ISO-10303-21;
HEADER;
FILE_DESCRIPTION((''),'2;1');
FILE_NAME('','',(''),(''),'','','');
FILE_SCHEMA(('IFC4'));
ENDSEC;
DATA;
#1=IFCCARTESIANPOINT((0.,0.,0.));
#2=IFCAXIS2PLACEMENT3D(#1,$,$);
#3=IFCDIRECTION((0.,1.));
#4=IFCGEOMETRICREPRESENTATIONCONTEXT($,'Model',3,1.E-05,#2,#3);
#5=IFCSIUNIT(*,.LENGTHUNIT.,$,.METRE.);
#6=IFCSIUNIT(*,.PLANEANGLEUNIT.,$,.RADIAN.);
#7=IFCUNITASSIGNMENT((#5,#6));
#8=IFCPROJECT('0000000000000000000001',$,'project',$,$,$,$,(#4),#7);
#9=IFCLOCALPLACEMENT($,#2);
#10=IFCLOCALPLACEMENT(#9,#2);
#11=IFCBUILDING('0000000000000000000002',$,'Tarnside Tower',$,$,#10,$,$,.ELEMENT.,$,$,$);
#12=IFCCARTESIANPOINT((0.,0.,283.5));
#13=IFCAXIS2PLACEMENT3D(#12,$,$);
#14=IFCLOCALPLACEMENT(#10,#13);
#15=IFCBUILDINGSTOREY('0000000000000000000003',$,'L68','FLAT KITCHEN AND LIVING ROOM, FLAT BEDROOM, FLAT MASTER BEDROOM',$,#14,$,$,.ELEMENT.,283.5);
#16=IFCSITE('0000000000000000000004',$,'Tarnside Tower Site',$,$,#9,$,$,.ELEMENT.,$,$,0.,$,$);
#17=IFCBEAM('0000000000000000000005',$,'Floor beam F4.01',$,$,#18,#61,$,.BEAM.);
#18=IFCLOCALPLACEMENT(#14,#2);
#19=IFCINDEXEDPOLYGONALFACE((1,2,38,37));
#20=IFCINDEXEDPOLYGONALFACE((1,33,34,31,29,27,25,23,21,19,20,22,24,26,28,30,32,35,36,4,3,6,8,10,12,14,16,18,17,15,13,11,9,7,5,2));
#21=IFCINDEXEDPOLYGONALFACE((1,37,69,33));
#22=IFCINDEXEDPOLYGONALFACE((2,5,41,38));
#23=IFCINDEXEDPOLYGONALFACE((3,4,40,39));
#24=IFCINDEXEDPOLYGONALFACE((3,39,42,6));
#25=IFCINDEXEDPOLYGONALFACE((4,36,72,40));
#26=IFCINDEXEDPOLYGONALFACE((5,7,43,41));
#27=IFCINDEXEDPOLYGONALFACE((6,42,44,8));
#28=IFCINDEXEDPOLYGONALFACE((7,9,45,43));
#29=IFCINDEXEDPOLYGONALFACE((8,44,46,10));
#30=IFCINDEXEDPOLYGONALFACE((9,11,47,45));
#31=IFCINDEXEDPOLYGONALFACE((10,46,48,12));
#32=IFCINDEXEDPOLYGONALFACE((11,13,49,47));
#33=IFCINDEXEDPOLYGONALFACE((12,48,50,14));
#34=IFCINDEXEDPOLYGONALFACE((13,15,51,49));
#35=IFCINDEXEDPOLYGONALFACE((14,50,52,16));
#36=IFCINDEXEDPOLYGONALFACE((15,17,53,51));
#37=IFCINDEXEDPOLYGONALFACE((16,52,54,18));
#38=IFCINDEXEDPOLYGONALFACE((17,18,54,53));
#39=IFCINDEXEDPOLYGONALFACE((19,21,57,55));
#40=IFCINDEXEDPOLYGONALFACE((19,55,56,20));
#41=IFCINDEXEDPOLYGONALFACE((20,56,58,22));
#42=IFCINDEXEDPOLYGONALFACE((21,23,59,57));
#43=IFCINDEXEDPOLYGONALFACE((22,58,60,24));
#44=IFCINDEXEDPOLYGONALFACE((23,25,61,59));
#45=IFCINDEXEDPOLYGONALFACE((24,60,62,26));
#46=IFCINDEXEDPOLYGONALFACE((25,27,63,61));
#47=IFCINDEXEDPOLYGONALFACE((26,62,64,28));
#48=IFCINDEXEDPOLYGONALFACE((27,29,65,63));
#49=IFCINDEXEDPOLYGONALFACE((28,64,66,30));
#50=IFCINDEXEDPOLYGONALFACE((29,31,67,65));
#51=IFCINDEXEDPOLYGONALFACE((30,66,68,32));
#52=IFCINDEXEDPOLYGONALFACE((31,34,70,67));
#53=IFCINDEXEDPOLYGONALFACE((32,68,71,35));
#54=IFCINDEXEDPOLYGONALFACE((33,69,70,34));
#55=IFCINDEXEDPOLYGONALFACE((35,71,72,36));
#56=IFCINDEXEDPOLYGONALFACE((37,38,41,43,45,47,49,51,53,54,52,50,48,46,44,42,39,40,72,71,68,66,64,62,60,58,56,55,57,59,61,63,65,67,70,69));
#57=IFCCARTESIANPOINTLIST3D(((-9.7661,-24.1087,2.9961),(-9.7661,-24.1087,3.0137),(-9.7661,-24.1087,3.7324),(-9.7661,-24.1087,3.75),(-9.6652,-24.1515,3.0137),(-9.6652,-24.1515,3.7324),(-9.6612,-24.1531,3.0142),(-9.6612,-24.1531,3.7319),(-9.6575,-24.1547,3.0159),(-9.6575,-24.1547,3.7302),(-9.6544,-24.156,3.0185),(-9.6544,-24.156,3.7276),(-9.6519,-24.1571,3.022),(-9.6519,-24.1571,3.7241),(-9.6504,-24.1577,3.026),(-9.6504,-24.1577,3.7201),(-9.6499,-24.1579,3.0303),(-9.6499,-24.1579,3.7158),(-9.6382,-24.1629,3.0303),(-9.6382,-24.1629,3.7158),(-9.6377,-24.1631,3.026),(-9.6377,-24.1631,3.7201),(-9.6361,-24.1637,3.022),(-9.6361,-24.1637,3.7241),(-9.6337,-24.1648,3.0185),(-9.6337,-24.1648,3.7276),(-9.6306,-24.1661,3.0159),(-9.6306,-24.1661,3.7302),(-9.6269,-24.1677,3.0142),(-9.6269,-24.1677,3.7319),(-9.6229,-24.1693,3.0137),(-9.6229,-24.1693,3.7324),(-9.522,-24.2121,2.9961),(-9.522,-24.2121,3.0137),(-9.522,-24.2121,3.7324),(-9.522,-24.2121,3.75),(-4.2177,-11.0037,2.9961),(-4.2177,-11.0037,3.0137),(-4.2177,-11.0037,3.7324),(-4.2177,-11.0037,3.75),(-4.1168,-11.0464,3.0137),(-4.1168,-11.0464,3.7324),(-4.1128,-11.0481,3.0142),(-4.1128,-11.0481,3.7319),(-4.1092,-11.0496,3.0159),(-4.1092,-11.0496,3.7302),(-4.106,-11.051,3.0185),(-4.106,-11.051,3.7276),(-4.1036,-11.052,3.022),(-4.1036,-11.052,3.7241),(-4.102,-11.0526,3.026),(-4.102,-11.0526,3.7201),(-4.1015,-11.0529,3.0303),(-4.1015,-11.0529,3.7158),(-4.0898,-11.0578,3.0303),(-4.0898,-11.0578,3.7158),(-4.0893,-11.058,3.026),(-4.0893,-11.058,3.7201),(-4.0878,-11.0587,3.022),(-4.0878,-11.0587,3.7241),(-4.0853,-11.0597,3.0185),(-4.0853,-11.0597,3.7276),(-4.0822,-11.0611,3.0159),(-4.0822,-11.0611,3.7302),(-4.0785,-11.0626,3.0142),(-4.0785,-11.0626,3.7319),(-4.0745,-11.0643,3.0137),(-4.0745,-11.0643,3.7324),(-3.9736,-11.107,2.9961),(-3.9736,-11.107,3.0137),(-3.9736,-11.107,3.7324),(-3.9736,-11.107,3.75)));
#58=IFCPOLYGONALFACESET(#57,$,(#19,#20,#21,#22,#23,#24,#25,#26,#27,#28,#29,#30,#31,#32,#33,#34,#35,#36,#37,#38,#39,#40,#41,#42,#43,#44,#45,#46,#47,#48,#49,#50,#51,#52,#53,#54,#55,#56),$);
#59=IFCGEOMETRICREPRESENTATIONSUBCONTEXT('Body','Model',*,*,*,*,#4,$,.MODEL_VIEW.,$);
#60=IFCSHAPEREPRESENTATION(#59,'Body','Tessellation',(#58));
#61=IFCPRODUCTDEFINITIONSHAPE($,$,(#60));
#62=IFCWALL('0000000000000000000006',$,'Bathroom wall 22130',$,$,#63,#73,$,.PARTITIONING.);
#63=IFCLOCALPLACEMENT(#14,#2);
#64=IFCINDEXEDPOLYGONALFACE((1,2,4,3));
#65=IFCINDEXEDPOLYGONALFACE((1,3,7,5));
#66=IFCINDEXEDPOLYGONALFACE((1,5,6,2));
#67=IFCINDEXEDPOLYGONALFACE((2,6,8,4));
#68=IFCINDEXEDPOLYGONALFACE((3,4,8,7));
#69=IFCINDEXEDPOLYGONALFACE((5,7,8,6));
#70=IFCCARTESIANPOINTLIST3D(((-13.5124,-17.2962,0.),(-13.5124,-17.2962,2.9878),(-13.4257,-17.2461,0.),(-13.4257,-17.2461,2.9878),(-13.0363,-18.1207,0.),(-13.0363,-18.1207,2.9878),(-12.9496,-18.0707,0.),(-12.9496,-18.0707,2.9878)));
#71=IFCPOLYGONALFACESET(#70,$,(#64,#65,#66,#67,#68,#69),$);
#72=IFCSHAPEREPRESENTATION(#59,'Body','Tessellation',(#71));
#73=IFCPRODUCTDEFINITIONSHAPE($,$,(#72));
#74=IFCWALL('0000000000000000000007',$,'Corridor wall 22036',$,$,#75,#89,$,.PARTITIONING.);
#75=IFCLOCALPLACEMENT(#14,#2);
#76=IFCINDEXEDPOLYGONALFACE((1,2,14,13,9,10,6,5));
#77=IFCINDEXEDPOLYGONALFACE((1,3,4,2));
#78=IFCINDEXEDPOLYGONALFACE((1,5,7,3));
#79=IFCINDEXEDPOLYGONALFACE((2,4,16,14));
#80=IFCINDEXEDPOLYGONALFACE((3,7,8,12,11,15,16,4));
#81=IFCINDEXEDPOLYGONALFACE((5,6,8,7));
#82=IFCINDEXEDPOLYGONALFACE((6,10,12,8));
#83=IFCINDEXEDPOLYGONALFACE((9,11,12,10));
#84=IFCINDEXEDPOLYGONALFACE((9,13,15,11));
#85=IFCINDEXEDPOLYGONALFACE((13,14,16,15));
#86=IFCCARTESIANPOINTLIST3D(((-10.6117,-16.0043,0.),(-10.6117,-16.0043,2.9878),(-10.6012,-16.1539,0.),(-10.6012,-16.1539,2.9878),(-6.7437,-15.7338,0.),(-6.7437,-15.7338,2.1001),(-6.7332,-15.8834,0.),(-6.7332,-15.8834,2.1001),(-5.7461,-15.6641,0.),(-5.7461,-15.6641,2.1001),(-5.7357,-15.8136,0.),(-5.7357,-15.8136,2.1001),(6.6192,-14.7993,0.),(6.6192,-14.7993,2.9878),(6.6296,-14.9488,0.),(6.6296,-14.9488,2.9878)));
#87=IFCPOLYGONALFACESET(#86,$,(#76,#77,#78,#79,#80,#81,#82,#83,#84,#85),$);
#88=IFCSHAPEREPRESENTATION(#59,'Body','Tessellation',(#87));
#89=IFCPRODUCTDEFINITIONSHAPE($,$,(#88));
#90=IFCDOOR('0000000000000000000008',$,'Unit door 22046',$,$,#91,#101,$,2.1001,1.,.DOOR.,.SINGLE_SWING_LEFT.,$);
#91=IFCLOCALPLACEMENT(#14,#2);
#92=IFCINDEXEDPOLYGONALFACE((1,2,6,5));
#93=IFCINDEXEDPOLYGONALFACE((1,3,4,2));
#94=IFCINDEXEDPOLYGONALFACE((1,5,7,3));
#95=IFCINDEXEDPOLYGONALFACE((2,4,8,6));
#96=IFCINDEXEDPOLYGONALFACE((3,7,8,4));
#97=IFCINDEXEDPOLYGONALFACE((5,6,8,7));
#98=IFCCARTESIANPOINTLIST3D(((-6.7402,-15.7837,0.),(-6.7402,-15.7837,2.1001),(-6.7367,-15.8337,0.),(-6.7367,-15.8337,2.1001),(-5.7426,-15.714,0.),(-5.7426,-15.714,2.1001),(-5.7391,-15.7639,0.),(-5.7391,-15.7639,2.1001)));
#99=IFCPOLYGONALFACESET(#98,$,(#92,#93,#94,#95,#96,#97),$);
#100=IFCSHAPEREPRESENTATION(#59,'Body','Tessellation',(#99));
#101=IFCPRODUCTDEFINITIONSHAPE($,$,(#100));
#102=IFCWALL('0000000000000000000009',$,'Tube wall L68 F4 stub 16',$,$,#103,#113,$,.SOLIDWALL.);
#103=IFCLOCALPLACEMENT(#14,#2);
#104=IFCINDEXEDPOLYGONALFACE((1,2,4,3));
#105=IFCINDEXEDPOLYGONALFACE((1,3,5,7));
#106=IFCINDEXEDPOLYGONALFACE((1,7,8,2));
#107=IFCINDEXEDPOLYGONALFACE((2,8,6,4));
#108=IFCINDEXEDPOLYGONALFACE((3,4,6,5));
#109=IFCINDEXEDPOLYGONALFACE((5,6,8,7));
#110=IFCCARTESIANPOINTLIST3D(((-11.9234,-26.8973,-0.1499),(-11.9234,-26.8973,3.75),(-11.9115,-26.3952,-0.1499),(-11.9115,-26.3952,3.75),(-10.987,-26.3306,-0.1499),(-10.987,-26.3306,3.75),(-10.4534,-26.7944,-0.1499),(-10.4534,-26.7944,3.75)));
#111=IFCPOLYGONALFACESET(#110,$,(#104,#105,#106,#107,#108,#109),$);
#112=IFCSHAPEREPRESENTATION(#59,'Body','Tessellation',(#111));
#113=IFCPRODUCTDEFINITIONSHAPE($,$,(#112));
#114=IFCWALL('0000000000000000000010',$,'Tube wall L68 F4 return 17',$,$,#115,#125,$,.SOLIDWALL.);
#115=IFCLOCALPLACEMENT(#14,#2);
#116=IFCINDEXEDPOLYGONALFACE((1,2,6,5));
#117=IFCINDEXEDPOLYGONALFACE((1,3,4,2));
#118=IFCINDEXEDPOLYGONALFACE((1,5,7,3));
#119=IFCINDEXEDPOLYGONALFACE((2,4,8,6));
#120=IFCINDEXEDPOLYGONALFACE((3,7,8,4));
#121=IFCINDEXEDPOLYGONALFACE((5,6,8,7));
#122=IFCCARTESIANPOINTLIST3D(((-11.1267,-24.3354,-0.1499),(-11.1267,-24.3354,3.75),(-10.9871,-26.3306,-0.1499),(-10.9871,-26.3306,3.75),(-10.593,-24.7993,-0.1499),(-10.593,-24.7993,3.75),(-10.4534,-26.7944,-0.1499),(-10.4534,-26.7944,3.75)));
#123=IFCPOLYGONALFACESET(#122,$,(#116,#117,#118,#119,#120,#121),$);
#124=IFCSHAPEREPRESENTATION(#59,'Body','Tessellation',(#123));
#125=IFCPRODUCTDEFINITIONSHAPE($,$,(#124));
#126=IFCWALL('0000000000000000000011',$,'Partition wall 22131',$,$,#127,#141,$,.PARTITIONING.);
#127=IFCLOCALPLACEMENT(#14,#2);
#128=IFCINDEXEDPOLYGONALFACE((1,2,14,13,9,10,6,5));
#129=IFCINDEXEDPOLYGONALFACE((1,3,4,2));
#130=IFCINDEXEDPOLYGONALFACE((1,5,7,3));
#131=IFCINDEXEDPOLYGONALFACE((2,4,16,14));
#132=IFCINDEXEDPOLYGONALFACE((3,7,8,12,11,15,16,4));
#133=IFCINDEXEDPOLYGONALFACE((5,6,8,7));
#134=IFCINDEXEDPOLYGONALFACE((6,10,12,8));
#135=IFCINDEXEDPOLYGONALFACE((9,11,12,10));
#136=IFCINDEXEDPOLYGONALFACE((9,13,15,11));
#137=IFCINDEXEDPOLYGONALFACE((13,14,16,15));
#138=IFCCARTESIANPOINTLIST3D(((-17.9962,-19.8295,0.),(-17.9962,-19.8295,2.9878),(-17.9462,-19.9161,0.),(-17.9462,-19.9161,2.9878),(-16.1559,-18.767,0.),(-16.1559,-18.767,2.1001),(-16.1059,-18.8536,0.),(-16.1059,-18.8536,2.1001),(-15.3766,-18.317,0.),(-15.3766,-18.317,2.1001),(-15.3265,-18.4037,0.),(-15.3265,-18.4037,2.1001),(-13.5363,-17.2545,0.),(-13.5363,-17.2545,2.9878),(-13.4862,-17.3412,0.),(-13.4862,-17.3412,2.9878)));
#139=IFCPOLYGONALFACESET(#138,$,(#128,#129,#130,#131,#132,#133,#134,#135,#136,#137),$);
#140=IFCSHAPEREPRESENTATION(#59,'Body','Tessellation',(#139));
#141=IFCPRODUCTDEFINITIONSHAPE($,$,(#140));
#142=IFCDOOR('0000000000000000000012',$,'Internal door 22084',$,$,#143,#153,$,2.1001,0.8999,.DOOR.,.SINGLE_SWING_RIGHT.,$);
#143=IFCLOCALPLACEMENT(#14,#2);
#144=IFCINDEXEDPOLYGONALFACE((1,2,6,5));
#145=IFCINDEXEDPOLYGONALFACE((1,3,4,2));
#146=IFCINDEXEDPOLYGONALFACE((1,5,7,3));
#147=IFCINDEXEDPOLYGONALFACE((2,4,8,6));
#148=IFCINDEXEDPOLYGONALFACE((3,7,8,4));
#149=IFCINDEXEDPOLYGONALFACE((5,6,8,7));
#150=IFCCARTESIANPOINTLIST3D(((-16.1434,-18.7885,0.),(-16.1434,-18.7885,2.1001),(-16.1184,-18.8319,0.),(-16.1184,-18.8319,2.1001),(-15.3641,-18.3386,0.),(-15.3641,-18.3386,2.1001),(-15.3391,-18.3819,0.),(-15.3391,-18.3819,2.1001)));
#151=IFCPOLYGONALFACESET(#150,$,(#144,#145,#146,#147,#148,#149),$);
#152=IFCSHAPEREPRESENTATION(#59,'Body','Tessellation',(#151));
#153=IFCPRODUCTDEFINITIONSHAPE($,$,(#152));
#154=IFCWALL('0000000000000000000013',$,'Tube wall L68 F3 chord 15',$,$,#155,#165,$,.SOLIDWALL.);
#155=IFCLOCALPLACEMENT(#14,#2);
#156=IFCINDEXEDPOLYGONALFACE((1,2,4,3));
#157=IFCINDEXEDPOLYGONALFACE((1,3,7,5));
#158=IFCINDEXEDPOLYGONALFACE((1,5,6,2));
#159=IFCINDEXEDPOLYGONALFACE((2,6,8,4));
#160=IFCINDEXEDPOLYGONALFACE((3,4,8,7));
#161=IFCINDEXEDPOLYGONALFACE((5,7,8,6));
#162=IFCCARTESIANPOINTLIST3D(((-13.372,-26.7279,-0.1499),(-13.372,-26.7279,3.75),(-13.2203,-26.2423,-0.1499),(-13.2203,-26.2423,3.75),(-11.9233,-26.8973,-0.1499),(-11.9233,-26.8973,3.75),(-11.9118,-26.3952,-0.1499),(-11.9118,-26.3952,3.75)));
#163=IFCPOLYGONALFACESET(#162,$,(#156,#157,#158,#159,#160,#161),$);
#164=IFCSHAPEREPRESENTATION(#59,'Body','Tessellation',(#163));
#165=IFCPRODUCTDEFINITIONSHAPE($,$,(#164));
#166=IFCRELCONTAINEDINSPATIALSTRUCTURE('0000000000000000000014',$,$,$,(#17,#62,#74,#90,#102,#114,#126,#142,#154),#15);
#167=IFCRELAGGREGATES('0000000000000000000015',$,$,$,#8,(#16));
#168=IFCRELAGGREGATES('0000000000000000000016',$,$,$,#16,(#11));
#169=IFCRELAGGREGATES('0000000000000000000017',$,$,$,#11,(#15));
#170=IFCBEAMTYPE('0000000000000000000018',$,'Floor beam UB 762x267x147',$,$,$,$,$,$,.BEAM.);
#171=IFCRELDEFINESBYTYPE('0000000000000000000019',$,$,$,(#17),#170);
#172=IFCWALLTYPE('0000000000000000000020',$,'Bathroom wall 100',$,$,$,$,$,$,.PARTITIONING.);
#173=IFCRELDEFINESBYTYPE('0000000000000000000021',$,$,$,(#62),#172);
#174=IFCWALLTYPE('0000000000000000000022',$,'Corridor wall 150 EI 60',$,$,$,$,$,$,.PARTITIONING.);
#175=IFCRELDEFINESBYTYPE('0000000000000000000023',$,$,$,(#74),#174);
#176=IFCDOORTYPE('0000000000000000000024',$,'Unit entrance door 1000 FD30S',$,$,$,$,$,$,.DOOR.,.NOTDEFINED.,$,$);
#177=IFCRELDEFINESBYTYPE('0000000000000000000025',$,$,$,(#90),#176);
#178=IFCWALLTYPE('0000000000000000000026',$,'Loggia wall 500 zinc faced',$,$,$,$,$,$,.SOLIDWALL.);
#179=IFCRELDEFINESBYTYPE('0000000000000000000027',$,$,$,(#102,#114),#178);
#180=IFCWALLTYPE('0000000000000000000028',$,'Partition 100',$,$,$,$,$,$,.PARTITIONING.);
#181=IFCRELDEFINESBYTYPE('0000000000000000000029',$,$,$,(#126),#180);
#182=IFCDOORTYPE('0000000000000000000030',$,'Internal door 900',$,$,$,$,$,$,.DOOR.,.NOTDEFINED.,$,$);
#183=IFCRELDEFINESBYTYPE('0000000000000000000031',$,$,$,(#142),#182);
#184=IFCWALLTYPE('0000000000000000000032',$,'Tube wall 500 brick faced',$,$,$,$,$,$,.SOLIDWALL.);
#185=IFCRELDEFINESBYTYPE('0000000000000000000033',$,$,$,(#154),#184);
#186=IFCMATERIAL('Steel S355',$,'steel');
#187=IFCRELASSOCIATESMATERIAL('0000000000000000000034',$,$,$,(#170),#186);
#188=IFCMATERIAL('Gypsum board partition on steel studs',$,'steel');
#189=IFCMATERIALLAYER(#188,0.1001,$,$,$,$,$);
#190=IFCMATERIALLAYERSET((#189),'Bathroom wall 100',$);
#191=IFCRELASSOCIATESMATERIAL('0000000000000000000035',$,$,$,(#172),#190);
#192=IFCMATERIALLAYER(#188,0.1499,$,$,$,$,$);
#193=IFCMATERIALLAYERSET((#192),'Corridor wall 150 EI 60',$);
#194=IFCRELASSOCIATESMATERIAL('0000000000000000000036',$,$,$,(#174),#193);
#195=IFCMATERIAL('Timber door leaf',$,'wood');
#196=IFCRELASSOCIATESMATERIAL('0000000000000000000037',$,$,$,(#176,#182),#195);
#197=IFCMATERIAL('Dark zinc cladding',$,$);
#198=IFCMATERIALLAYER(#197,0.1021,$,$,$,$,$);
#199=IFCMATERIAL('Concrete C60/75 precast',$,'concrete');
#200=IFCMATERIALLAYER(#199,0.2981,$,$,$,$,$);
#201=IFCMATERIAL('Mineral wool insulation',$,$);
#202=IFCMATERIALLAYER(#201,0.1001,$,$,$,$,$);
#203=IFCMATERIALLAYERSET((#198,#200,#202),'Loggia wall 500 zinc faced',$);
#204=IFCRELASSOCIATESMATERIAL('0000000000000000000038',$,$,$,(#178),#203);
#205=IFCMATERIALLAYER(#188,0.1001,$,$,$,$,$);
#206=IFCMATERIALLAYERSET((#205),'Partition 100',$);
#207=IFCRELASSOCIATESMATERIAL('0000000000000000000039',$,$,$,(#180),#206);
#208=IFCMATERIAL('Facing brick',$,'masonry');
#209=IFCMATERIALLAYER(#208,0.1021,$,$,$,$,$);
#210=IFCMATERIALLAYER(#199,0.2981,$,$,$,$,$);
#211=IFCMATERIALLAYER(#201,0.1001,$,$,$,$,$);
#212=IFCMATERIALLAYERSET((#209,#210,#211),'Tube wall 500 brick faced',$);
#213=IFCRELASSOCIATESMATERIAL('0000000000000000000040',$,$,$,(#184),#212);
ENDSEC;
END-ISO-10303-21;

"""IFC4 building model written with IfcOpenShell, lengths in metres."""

from ifc_helpers import new_model, si_unit, direction, frame, frame_2d, origin, origin_2d, place, context, subcontext, project, spatial, polyline, rectangle, i_section, outline, extrude, material, layer, layer_set, material_profile, profile_set, type_object, element, fill, save


model = new_model("IFC4")

# Units and contexts
model_context = context("Model", 3, precision=1e-05, world=origin(), true_north=direction((0.0, 1.0)))
body_context = subcontext(model_context, "Body", "Model", "MODEL_VIEW")
ifc_project = project(units=[si_unit("LENGTHUNIT", "METRE"), si_unit("PLANEANGLEUNIT", "RADIAN")], contexts=[model_context])

# Site, building, storey
site_placement = place(None, origin())
site = spatial("IfcSite", under=ifc_project, at=site_placement, Name="Tarnside Tower Site", CompositionType="ELEMENT", RefElevation=0.0)
building_placement = place(site_placement, origin())
building = spatial("IfcBuilding", under=site, at=building_placement, Name="Tarnside Tower", CompositionType="ELEMENT")
storey_placement = place(building_placement, frame((0.0, 0.0, 283.5)))
storey = spatial("IfcBuildingStorey", under=building, at=storey_placement, Name="L68", Description="FLAT KITCHEN AND LIVING ROOM, FLAT BEDROOM, FLAT MASTER BEDROOM", CompositionType="ELEMENT", Elevation=283.5)

# Beam
ifc_material_1 = material(Name="Steel S355", Category="steel")
ifc_material_profile = material_profile(ifc_material_1, i_section(OverallWidth=0.2651, OverallDepth=0.7539, WebThickness=0.0127, FlangeThickness=0.0176, FilletRadius=0.0166, at=origin_2d()), Name="UB 762x267x147")
ifc_profile_set = profile_set([ifc_material_profile], Name="Steel S355")
beam_type = type_object("IfcBeamType", Name="Floor beam UB 762x267x147", PredefinedType="BEAM", material=ifc_profile_set)
beam_placement = place(storey_placement, frame((-9.644, -24.1604, 3.373), z_axis=(0.389874, 0.920868, 0.0), x_axis=(-0.920868, 0.389874, 0.0)))
element("IfcBeam", 1, at=beam_placement, inside=storey, type_object=beam_type, Name="Floor beam F4.01", PredefinedType="BEAM", context=body_context, shape_type="SweptSolid", body=[
    extrude(i_section(OverallWidth=0.2651, OverallDepth=0.7539, WebThickness=0.0127, FlangeThickness=0.0176, FilletRadius=0.0166, at=origin_2d()), origin(), (0.0, 0.0, 1.0), 14.2312),
])

# Wall
ifc_material_2 = material(Name="Gypsum board partition on steel studs", Category="steel")
ifc_layer_1 = layer(ifc_material_2, 0.1001)
ifc_layer_set_1 = layer_set([ifc_layer_1], Name="Bathroom wall 100")
wall_type_1 = type_object("IfcWallType", Name="Bathroom wall 100", PredefinedType="PARTITIONING", material=ifc_layer_set_1)
wall_1_placement = place(storey_placement, frame((-12.9929, -18.0957, 0.0), z_axis=(0.0, 0.0, 1.0), x_axis=(-0.500055, 0.865993, 0.0)))
element("IfcWall", 2, at=wall_1_placement, inside=storey, type_object=wall_type_1, Name="Bathroom wall 22130", PredefinedType="PARTITIONING", context=body_context, shape_type="SweptSolid", body=[
    extrude(rectangle(XDim=0.9521, YDim=0.1001, at=frame_2d((0.4761, 0.0))), origin(), (0.0, 0.0, 1.0), 2.9878),
])

# Wall, opening, door
ifc_layer_2 = layer(ifc_material_2, 0.1499)
ifc_layer_set_2 = layer_set([ifc_layer_2], Name="Corridor wall 150 EI 60")
wall_type_2 = type_object("IfcWallType", Name="Corridor wall 150 EI 60", PredefinedType="PARTITIONING", material=ifc_layer_set_2)
wall_2_placement = place(storey_placement, frame((-10.6064, -16.0791, 0.0), z_axis=(0.0, 0.0, 1.0), x_axis=(0.997563, 0.069766, 0.0)))
wall_2 = element("IfcWall", 3, at=wall_2_placement, inside=storey, type_object=wall_type_2, Name="Corridor wall 22036", PredefinedType="PARTITIONING", context=body_context, shape_type="SweptSolid", body=[
    extrude(rectangle(XDim=17.2729, YDim=0.1499, at=frame_2d((8.6365, 0.0))), origin(), (0.0, 0.0, 1.0), 2.9878),
])
opening_1_placement = place(wall_2_placement, frame((3.8774, 0.0, 0.0)))
opening_1 = element("IfcOpeningElement", 4, at=opening_1_placement, cuts=wall_2, PredefinedType="OPENING", context=body_context, shape_type="SweptSolid", body=[
    extrude(rectangle(XDim=1.0, YDim=2.1001, at=frame_2d((0.5, 1.05))), frame((0.0, 0.085, 0.0), z_axis=(0.0, -1.0, 0.0), x_axis=(1.0, 0.0, 0.0)), (0.0, 0.0, 1.0), 0.1699),
])
ifc_material_3 = material(Name="Timber door leaf", Category="wood")
door_type_1 = type_object("IfcDoorType", Name="Unit entrance door 1000 FD30S", OperationType="NOTDEFINED", PredefinedType="DOOR", material=ifc_material_3)
door_1_placement = place(opening_1_placement, origin())
door_1 = element("IfcDoor", 5, at=door_1_placement, inside=storey, type_object=door_type_1, Name="Unit door 22046", OperationType="SINGLE_SWING_LEFT", OverallHeight=2.1001, OverallWidth=1.0, PredefinedType="DOOR", context=body_context, shape_type="SweptSolid", body=[
    extrude(rectangle(XDim=1.0, YDim=2.1001, at=frame_2d((0.5, 1.05))), frame((0.0, 0.0249, 0.0), z_axis=(0.0, -1.0, 0.0), x_axis=(1.0, 0.0, 0.0)), (0.0, 0.0, 1.0), 0.05),
])
fill(opening_1, door_1)

# Walls
ifc_material_4 = material(Name="Dark zinc cladding")
ifc_layer_3 = layer(ifc_material_4, 0.1021)
ifc_material_5 = material(Name="Concrete C60/75 precast", Category="concrete")
ifc_layer_4 = layer(ifc_material_5, 0.2981)
ifc_material_6 = material(Name="Mineral wool insulation")
ifc_layer_5 = layer(ifc_material_6, 0.1001)
ifc_layer_set_3 = layer_set([ifc_layer_3, ifc_layer_4, ifc_layer_5], Name="Loggia wall 500 zinc faced")
wall_type_3 = type_object("IfcWallType", Name="Loggia wall 500 zinc faced", PredefinedType="SOLIDWALL", material=ifc_layer_set_3)
wall_3_placement = place(storey_placement, frame((-11.9175, -26.6462, -0.1499), z_axis=(0.0, 0.0, 1.0), x_axis=(0.997563, 0.069772, 0.0)))
element("IfcWall", 6, at=wall_3_placement, inside=storey, type_object=wall_type_3, Name="Tube wall L68 F4 stub 16", PredefinedType="SOLIDWALL", context=body_context, shape_type="SweptSolid", body=[
    extrude(outline(polyline([(-0.0234, -0.25), (1.4502, -0.25), (0.9502, 0.25), (0.0234, 0.25), (-0.0234, -0.25)])), origin(), (0.0, 0.0, 1.0), 3.8999),
])
wall_4_placement = place(storey_placement, frame((-10.7202, -26.5625, -0.1499), z_axis=(0.0, 0.0, 1.0), x_axis=(-0.069824, 0.997559, 0.0)))
element("IfcWall", 7, at=wall_4_placement, inside=storey, type_object=wall_type_3, Name="Tube wall L68 F4 return 17", PredefinedType="SOLIDWALL", context=body_context, shape_type="SweptSolid", body=[
    extrude(outline(polyline([(-0.25, -0.25), (1.75, -0.25), (2.25, 0.25), (0.25, 0.25), (-0.25, -0.25)])), origin(), (0.0, 0.0, 1.0), 3.8999),
])

# Wall, opening, door
ifc_layer_6 = layer(ifc_material_2, 0.1001)
ifc_layer_set_4 = layer_set([ifc_layer_6], Name="Partition 100")
wall_type_4 = type_object("IfcWallType", Name="Partition 100", PredefinedType="PARTITIONING", material=ifc_layer_set_4)
wall_5_placement = place(storey_placement, frame((-13.5112, -17.2979, 0.0), z_axis=(0.0, 0.0, 1.0), x_axis=(-0.866026, -0.499999, 0.0)))
wall_5 = element("IfcWall", 8, at=wall_5_placement, inside=storey, type_object=wall_type_4, Name="Partition wall 22131", PredefinedType="PARTITIONING", context=body_context, shape_type="SweptSolid", body=[
    extrude(rectangle(XDim=5.1499, YDim=0.1001, at=frame_2d((2.575, 0.0))), origin(), (0.0, 0.0, 1.0), 2.9878),
])
opening_2_placement = place(wall_5_placement, frame((2.125, 0.0, 0.0)))
opening_2 = element("IfcOpeningElement", 9, at=opening_2_placement, cuts=wall_5, PredefinedType="OPENING", context=body_context, shape_type="SweptSolid", body=[
    extrude(rectangle(XDim=0.8999, YDim=2.1001, at=frame_2d((0.45, 1.05))), frame((0.0, 0.0601, 0.0), z_axis=(0.0, -1.0, 0.0), x_axis=(1.0, 0.0, 0.0)), (0.0, 0.0, 1.0), 0.1201),
])
door_type_2 = type_object("IfcDoorType", Name="Internal door 900", OperationType="NOTDEFINED", PredefinedType="DOOR", material=ifc_material_3)
door_2_placement = place(opening_2_placement, origin())
door_2 = element("IfcDoor", 10, at=door_2_placement, inside=storey, type_object=door_type_2, Name="Internal door 22084", OperationType="SINGLE_SWING_RIGHT", OverallHeight=2.1001, OverallWidth=0.8999, PredefinedType="DOOR", context=body_context, shape_type="SweptSolid", body=[
    extrude(rectangle(XDim=0.8999, YDim=2.1001, at=frame_2d((0.45, 1.05))), frame((0.0, 0.0249, 0.0), z_axis=(0.0, -1.0, 0.0), x_axis=(1.0, 0.0, 0.0)), (0.0, 0.0, 1.0), 0.05),
])
fill(opening_2, door_2)

# Wall
ifc_material_7 = material(Name="Facing brick", Category="masonry")
ifc_layer_7 = layer(ifc_material_7, 0.1021)
ifc_layer_8 = layer(ifc_material_5, 0.2981)
ifc_layer_9 = layer(ifc_material_6, 0.1001)
ifc_layer_set_5 = layer_set([ifc_layer_7, ifc_layer_8, ifc_layer_9], Name="Tube wall 500 brick faced")
wall_type_5 = type_object("IfcWallType", Name="Tube wall 500 brick faced", PredefinedType="SOLIDWALL", material=ifc_layer_set_5)
wall_6_placement = place(storey_placement, frame((-13.2961, -26.4851, -0.1499), z_axis=(0.0, 0.0, 1.0), x_axis=(0.993239, -0.116086, 0.0)))
element("IfcWall", 11, at=wall_6_placement, inside=storey, type_object=wall_type_5, Name="Tube wall L68 F3 chord 15", PredefinedType="SOLIDWALL", context=body_context, shape_type="SweptSolid", body=[
    extrude(outline(polyline([(-0.0471, -0.25), (1.4114, -0.25), (1.3645, 0.25), (0.0471, 0.25), (-0.0471, -0.25)])), origin(), (0.0, 0.0, 1.0), 3.8999),
])

save(model, "model.ifc")
